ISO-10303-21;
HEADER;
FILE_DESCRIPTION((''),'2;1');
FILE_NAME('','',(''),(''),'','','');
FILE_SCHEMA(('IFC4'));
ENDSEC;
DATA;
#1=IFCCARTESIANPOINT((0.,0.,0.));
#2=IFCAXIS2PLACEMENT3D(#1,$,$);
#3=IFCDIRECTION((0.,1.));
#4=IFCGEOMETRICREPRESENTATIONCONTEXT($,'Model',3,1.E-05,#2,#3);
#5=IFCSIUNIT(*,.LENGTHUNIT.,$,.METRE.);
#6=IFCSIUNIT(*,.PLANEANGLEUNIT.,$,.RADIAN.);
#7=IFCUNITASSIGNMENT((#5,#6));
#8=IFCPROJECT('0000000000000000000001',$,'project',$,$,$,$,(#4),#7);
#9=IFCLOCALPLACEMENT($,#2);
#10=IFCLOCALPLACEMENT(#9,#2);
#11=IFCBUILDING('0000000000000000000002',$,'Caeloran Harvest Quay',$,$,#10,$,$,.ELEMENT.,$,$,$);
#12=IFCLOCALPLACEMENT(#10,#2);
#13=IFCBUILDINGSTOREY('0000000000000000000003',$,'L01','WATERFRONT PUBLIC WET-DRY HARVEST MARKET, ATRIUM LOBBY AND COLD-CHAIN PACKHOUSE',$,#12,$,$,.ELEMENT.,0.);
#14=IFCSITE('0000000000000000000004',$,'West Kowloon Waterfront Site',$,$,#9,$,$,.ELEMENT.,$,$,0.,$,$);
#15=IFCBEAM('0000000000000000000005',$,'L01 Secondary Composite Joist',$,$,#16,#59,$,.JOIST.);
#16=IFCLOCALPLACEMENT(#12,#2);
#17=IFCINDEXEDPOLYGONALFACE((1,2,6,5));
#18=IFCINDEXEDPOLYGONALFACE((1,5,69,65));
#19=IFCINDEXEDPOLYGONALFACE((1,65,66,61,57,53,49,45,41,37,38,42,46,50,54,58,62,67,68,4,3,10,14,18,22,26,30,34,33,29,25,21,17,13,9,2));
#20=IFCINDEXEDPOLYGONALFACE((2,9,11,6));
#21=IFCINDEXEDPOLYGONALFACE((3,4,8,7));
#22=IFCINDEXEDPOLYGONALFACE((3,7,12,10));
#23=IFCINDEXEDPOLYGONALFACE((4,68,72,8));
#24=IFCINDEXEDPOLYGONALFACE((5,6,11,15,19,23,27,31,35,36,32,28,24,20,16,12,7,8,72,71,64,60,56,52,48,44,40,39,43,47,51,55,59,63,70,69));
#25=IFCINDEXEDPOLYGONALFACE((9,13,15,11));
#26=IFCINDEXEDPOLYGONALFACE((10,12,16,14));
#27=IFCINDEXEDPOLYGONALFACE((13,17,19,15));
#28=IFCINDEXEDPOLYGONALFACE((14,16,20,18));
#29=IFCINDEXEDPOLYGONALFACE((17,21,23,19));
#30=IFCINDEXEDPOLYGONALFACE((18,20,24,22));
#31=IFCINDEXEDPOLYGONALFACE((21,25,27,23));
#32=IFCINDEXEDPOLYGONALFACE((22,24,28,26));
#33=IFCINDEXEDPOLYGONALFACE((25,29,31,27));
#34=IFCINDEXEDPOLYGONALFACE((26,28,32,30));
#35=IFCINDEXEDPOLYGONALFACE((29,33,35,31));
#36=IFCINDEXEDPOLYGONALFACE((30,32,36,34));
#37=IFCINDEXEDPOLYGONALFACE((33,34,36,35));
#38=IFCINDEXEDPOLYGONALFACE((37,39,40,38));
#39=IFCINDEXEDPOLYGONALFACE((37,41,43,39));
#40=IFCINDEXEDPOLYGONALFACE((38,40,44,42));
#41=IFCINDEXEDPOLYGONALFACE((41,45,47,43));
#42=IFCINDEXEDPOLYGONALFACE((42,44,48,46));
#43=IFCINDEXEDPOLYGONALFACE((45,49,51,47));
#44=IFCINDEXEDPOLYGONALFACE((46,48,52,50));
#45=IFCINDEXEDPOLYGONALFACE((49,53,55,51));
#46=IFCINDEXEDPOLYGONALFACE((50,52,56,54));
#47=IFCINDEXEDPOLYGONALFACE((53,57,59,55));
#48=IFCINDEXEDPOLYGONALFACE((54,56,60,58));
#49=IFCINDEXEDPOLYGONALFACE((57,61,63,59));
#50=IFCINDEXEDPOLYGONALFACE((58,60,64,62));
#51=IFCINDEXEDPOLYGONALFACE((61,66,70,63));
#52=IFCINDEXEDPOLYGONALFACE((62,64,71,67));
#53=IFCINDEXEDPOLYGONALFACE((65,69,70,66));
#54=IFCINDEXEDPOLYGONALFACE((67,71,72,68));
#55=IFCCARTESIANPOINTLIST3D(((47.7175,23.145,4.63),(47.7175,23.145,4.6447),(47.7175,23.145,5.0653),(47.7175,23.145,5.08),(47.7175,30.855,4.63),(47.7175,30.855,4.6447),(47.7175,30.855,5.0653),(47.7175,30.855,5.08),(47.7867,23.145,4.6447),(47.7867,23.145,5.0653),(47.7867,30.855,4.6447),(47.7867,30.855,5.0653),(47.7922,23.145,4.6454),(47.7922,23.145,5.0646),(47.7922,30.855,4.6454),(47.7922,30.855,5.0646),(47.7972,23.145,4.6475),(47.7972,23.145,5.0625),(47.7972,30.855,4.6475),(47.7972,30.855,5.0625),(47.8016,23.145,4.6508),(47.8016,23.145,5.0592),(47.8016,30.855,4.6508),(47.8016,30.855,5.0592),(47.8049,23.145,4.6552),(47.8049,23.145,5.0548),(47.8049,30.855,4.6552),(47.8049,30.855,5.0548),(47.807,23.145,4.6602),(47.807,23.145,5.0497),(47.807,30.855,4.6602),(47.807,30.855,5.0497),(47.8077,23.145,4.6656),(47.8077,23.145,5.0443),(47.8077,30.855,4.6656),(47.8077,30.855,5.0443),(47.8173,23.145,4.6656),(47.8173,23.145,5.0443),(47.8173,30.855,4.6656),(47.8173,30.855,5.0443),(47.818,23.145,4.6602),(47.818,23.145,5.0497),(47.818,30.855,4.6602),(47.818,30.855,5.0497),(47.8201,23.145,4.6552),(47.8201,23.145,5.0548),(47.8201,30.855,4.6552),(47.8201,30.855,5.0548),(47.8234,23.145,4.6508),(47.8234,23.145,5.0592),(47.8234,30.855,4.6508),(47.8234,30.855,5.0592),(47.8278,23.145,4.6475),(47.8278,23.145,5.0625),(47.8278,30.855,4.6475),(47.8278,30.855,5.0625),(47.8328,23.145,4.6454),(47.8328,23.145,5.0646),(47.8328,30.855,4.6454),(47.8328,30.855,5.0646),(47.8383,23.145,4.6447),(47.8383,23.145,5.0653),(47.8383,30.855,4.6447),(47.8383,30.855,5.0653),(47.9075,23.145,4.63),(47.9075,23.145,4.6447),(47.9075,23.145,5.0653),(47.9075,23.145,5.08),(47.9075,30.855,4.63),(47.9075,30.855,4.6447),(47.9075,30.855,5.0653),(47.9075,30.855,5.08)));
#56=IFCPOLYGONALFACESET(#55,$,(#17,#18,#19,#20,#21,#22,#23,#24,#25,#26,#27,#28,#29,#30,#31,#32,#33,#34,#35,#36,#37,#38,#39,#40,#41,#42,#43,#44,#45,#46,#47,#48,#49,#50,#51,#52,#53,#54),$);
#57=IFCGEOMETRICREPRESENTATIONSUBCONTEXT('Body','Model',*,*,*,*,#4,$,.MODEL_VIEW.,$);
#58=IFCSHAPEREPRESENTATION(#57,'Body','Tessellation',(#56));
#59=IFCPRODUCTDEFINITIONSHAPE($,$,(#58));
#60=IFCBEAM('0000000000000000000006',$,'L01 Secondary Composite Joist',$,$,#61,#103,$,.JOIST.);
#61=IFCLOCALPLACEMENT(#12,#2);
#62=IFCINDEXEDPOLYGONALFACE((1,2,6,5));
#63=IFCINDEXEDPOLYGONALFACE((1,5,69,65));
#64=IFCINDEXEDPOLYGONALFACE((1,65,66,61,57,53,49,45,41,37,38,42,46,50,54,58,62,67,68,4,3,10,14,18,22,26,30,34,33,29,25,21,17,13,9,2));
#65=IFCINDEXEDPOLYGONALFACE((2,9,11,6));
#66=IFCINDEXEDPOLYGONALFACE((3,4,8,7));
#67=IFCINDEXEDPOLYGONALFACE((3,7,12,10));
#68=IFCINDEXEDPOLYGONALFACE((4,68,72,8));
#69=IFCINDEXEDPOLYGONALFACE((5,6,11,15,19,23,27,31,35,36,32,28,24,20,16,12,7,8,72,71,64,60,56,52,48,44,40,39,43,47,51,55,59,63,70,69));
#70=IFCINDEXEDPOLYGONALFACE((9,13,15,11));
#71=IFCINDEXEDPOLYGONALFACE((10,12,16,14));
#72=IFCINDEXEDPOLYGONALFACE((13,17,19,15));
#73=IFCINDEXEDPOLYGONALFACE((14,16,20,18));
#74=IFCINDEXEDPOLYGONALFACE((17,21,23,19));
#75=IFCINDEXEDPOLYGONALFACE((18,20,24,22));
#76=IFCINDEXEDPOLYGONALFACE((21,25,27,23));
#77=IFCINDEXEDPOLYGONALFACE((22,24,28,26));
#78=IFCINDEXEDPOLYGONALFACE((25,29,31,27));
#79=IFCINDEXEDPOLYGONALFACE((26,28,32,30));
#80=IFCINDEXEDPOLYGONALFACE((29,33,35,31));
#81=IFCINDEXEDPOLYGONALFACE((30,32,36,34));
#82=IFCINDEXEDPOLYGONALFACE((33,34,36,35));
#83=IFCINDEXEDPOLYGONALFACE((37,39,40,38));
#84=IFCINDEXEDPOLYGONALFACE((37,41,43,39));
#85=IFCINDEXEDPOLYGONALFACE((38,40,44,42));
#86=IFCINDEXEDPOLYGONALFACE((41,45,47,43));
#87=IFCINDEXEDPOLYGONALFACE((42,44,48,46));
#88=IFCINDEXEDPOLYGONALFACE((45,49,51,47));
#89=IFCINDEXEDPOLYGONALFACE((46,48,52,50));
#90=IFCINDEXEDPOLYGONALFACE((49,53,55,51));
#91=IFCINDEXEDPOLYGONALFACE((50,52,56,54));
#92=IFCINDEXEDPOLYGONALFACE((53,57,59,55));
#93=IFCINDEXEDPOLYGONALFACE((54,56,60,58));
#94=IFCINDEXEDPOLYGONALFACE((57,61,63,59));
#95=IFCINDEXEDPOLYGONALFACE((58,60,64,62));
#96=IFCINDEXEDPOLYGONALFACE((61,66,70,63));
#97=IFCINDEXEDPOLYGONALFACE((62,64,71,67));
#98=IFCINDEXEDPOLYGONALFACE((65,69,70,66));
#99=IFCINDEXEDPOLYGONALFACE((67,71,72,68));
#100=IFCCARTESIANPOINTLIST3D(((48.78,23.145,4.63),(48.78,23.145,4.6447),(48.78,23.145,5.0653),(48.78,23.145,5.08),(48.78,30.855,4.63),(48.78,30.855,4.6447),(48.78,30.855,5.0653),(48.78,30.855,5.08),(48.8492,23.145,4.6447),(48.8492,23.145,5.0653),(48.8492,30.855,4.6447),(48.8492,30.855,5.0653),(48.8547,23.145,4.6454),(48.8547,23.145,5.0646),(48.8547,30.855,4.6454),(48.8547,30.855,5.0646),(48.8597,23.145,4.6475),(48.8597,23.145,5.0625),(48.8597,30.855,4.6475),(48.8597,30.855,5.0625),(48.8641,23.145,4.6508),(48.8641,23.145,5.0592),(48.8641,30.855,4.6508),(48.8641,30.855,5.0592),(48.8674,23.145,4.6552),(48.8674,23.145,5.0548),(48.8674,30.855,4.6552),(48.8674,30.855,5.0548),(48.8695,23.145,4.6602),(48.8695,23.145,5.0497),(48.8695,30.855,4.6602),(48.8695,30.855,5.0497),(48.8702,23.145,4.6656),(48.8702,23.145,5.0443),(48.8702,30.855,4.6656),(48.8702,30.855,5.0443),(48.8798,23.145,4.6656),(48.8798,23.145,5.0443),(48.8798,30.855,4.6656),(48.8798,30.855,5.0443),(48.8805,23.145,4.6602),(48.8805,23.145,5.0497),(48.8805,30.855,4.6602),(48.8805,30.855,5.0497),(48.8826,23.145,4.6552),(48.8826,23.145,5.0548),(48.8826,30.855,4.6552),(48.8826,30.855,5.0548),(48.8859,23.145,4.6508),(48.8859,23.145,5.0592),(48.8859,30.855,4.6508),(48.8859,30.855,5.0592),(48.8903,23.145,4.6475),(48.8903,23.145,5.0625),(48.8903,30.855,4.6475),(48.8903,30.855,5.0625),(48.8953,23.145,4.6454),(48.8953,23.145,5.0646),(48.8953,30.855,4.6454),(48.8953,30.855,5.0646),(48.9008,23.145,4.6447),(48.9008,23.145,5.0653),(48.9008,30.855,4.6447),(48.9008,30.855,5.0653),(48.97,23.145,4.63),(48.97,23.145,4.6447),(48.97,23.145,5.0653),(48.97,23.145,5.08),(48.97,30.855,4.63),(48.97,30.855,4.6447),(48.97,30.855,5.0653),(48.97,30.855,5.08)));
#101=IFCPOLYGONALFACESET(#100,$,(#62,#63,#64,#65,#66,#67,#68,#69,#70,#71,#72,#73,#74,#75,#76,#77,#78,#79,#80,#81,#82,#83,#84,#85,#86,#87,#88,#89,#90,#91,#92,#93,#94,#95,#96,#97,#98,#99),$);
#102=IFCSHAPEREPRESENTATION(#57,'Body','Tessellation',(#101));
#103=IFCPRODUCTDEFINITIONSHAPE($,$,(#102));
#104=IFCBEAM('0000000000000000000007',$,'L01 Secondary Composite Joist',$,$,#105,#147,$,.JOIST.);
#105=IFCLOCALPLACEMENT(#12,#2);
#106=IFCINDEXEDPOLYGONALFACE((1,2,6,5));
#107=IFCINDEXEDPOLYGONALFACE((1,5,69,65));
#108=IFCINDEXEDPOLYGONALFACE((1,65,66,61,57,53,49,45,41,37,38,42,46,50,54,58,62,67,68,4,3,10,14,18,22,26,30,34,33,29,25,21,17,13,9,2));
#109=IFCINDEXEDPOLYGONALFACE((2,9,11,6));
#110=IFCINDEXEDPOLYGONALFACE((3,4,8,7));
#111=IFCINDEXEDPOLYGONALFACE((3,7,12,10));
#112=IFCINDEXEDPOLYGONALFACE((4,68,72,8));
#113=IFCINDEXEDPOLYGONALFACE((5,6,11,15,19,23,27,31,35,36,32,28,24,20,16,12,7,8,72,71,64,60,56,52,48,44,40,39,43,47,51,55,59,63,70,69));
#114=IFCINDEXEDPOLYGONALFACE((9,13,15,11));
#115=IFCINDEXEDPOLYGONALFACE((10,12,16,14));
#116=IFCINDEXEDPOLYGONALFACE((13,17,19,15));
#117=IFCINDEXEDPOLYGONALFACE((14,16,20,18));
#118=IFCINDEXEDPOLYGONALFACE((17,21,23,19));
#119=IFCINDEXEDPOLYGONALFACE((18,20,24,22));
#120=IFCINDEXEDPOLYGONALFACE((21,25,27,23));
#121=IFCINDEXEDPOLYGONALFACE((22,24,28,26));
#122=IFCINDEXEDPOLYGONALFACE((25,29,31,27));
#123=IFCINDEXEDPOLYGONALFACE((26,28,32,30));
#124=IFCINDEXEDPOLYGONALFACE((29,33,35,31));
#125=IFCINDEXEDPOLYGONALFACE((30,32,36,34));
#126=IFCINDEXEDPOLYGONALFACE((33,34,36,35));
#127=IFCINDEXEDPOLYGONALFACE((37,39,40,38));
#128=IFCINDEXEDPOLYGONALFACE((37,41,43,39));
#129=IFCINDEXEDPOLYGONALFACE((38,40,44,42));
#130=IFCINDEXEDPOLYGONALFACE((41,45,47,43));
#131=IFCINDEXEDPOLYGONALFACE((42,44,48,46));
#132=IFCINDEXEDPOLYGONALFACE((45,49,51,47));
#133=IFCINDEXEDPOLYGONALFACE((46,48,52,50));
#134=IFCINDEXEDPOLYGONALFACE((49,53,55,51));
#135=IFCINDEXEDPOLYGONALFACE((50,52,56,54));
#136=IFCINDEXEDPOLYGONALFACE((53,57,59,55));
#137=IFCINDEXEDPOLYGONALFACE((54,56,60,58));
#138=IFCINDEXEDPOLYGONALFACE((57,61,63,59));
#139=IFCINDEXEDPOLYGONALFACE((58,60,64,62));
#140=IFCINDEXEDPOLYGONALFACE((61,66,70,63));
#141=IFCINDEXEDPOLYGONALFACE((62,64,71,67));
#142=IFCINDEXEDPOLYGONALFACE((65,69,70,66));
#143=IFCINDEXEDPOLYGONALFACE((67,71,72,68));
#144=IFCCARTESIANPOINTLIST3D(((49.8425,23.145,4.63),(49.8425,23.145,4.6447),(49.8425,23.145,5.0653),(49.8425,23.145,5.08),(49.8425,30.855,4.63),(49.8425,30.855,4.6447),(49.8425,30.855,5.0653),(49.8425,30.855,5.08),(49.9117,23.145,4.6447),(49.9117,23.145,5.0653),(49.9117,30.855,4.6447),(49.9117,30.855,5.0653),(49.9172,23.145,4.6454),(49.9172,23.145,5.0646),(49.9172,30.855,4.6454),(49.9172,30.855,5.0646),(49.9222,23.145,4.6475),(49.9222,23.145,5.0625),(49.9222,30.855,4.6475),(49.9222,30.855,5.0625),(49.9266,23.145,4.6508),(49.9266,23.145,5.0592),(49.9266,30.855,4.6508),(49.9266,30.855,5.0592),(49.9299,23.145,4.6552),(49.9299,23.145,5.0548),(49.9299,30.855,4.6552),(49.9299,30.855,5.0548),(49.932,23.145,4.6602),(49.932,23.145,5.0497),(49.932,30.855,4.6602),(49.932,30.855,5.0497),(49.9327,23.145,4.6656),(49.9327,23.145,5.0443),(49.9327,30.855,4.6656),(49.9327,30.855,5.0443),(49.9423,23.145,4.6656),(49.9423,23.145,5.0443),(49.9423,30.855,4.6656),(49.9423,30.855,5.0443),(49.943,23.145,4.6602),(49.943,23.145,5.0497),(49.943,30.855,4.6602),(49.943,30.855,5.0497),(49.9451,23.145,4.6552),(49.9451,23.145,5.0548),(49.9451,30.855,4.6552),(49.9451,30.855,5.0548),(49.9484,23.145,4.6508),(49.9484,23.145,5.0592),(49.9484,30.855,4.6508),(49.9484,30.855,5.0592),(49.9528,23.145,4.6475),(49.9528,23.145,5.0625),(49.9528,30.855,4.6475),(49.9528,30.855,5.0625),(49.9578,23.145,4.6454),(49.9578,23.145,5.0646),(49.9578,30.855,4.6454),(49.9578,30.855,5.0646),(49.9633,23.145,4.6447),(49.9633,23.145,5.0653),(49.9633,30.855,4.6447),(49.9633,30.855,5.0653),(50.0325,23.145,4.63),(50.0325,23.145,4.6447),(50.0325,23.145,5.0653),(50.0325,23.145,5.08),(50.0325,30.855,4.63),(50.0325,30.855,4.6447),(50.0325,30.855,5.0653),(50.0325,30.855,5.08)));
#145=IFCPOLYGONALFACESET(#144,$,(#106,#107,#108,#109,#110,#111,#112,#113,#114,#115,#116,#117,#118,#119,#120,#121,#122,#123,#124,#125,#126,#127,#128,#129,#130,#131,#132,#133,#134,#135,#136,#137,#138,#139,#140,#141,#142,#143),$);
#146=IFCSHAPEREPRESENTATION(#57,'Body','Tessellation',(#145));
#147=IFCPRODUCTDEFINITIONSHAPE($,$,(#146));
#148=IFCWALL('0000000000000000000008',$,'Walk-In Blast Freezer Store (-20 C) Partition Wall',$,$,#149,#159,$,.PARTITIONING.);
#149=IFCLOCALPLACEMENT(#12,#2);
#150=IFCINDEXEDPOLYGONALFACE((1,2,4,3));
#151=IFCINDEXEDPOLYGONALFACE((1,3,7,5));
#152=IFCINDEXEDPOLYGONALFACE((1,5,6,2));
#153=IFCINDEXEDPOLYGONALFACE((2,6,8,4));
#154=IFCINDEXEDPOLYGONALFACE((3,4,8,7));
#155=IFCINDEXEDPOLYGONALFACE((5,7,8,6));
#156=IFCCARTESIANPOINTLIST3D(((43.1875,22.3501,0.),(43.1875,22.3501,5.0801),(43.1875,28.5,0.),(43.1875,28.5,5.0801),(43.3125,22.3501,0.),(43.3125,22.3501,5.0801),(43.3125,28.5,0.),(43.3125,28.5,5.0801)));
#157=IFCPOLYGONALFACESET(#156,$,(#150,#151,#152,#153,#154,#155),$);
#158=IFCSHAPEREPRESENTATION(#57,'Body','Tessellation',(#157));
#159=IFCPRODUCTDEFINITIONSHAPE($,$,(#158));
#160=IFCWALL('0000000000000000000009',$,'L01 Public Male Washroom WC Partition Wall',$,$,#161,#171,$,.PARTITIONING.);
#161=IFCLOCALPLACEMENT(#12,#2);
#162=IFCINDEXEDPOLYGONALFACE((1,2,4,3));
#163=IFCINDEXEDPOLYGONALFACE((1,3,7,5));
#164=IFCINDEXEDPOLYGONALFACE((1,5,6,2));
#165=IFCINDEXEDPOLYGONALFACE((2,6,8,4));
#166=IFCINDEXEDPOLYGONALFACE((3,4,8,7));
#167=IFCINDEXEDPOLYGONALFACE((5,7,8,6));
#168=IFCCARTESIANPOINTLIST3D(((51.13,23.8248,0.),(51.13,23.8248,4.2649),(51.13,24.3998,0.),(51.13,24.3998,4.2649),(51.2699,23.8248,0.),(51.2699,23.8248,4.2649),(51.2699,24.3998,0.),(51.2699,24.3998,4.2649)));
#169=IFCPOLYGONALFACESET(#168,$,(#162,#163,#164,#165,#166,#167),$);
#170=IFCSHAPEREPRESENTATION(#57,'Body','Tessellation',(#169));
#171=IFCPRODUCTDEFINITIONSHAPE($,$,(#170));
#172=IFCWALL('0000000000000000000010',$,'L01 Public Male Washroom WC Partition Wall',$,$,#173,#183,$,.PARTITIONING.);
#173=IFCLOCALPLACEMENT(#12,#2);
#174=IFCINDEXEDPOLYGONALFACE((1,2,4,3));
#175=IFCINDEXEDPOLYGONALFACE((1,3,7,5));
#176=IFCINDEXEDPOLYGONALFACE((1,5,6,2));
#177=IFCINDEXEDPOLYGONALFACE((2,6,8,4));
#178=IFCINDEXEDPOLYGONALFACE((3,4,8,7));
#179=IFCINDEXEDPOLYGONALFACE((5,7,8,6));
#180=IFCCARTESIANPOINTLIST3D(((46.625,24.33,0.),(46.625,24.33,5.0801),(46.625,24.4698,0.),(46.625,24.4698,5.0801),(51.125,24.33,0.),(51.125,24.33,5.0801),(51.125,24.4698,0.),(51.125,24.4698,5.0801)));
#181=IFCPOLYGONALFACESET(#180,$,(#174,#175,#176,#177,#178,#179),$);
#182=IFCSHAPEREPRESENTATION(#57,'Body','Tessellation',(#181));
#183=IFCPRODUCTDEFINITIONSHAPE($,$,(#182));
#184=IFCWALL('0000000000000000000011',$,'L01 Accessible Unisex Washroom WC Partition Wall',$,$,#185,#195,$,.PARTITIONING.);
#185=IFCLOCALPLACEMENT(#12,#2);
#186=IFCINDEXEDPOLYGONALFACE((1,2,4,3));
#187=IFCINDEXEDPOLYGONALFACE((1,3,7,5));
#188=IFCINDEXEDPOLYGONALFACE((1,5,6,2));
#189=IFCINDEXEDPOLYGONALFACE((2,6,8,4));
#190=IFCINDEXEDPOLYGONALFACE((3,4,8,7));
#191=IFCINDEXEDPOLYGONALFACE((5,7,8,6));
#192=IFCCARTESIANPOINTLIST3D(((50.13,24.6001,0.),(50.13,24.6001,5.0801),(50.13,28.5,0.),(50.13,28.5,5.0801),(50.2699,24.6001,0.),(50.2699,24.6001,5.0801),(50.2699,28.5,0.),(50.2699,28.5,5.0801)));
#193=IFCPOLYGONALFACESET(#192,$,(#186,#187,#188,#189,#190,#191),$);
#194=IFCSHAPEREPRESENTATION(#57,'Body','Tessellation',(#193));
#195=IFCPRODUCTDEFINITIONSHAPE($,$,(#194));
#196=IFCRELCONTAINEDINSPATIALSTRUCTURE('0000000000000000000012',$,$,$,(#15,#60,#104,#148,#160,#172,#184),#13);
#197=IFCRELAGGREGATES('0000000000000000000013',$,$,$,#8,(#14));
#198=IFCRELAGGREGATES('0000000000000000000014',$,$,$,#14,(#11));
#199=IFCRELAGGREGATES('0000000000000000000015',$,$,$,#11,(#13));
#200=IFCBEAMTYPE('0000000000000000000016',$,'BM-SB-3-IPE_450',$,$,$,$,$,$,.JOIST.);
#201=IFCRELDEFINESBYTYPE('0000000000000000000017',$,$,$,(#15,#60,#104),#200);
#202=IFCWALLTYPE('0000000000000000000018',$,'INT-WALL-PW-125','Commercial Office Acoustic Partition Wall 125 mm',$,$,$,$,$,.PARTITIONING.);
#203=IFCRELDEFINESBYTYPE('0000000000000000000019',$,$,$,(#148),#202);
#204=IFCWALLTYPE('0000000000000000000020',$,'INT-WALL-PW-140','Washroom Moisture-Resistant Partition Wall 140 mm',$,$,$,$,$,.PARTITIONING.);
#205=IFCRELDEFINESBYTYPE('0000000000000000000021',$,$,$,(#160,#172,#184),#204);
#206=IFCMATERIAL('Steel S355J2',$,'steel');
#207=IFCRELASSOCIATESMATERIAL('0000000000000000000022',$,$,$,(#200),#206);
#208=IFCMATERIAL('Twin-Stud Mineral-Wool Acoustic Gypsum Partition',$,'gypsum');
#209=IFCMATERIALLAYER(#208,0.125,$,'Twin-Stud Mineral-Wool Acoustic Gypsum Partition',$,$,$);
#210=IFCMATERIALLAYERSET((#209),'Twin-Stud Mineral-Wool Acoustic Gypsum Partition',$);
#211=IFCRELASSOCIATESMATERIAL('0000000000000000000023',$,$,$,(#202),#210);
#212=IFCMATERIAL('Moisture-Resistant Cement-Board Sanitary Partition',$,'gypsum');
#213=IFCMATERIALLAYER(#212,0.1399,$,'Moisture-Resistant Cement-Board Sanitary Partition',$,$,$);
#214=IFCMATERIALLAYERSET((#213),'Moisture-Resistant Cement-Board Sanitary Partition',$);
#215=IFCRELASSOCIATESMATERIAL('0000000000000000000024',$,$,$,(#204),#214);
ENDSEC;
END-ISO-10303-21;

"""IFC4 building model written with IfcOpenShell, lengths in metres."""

from ifc_helpers import new_model, si_unit, direction, frame, frame_2d, origin, origin_2d, place, context, subcontext, project, spatial, rectangle, i_section, extrude, material, layer, layer_set, material_profile, profile_set, type_object, element, save


model = new_model("IFC4")

# Units and contexts
model_context = context("Model", 3, precision=1e-05, world=origin(), true_north=direction((0.0, 1.0)))
body_context = subcontext(model_context, "Body", "Model", "MODEL_VIEW")
ifc_project = project(units=[si_unit("LENGTHUNIT", "METRE"), si_unit("PLANEANGLEUNIT", "RADIAN")], contexts=[model_context])

# Site, building, storey
site_placement = place(None, origin())
site = spatial("IfcSite", under=ifc_project, at=site_placement, Name="West Kowloon Waterfront Site", CompositionType="ELEMENT", RefElevation=0.0)
building_placement = place(site_placement, origin())
building = spatial("IfcBuilding", under=site, at=building_placement, Name="Caeloran Harvest Quay", CompositionType="ELEMENT")
storey_placement = place(building_placement, origin())
storey = spatial("IfcBuildingStorey", under=building, at=storey_placement, Name="L01", Description="WATERFRONT PUBLIC WET-DRY HARVEST MARKET, ATRIUM LOBBY AND COLD-CHAIN PACKHOUSE", CompositionType="ELEMENT", Elevation=0.0)

# Beams
ifc_material_1 = material(Name="Steel S355J2", Category="steel")
ifc_material_profile_1 = material_profile(ifc_material_1, i_section(OverallWidth=0.1899, OverallDepth=0.45, WebThickness=0.0095, FlangeThickness=0.0146, FilletRadius=0.021, at=origin_2d()), Name="IPE 450")
ifc_profile_set_1 = profile_set([ifc_material_profile_1], Name="Steel S355J2")
beam_type_1 = type_object("IfcBeamType", Name="BM-SB-3-IPE_450", PredefinedType="JOIST", material=ifc_profile_set_1)
for number, where, z_axis, x_axis, name in (
    (1, (47.8125, 23.145, 4.855), (0.0, 1.0, 0.0), (-1.0, 0.0, 0.0), "L01 Secondary Composite Joist"),
    (2, (48.875, 23.145, 4.855), (0.0, 1.0, 0.0), (-1.0, 0.0, 0.0), "L01 Secondary Composite Joist"),
    (3, (49.9375, 23.145, 4.855), (0.0, 1.0, 0.0), (-1.0, 0.0, 0.0), "L01 Secondary Composite Joist"),
):
    element("IfcBeam", number, at=place(storey_placement, frame(where, z_axis=z_axis, x_axis=x_axis)), inside=storey, type_object=beam_type_1, Name=name, PredefinedType="JOIST", context=body_context, shape_type="SweptSolid", body=[
        extrude(i_section(OverallWidth=0.1899, OverallDepth=0.45, WebThickness=0.0095, FlangeThickness=0.0146, FilletRadius=0.021, at=origin_2d()), origin(), (0.0, 0.0, 1.0), 7.71),
    ])

# Walls
ifc_material_2 = material(Name="Twin-Stud Mineral-Wool Acoustic Gypsum Partition", Category="gypsum")
ifc_layer_1 = layer(ifc_material_2, 0.125, Name="Twin-Stud Mineral-Wool Acoustic Gypsum Partition")
ifc_layer_set_1 = layer_set([ifc_layer_1], Name="Twin-Stud Mineral-Wool Acoustic Gypsum Partition")
wall_type_1 = type_object("IfcWallType", Name="INT-WALL-PW-125", Description="Commercial Office Acoustic Partition Wall 125 mm", PredefinedType="PARTITIONING", material=ifc_layer_set_1)
wall_1_placement = place(storey_placement, frame((43.25, 28.5, 0.0), z_axis=(0.0, 0.0, 1.0), x_axis=(0.0, -1.0, 0.0)))
element("IfcWall", 4, at=wall_1_placement, inside=storey, type_object=wall_type_1, Name="Walk-In Blast Freezer Store (-20 C) Partition Wall", PredefinedType="PARTITIONING", context=body_context, shape_type="SweptSolid", body=[
    extrude(rectangle(XDim=6.1499, YDim=0.125, at=frame_2d((3.075, 0.0))), origin(), (0.0, 0.0, 1.0), 5.0801),
])
ifc_material_3 = material(Name="Moisture-Resistant Cement-Board Sanitary Partition", Category="gypsum")
ifc_layer_2 = layer(ifc_material_3, 0.1399, Name="Moisture-Resistant Cement-Board Sanitary Partition")
ifc_layer_set_2 = layer_set([ifc_layer_2], Name="Moisture-Resistant Cement-Board Sanitary Partition")
wall_type_2 = type_object("IfcWallType", Name="INT-WALL-PW-140", Description="Washroom Moisture-Resistant Partition Wall 140 mm", PredefinedType="PARTITIONING", material=ifc_layer_set_2)
wall_2_placement = place(storey_placement, frame((51.2, 24.3999, 0.0), z_axis=(0.0, 0.0, 1.0), x_axis=(0.0, -1.0, 0.0)))
element("IfcWall", 5, at=wall_2_placement, inside=storey, type_object=wall_type_2, Name="L01 Public Male Washroom WC Partition Wall", PredefinedType="PARTITIONING", context=body_context, shape_type="SweptSolid", body=[
    extrude(rectangle(XDim=0.575, YDim=0.1399, at=frame_2d((0.2876, 0.0))), origin(), (0.0, 0.0, 1.0), 4.2649),
])
wall_3_placement = place(storey_placement, frame((46.625, 24.3999, 0.0), z_axis=(0.0, 0.0, 1.0), x_axis=(1.0, 0.0, 0.0)))
element("IfcWall", 6, at=wall_3_placement, inside=storey, type_object=wall_type_2, Name="L01 Public Male Washroom WC Partition Wall", PredefinedType="PARTITIONING", context=body_context, shape_type="SweptSolid", body=[
    extrude(rectangle(XDim=4.5, YDim=0.1399, at=frame_2d((2.25, 0.0))), origin(), (0.0, 0.0, 1.0), 5.0801),
])
wall_4_placement = place(storey_placement, frame((50.2, 28.5, 0.0), z_axis=(0.0, 0.0, 1.0), x_axis=(0.0, -1.0, 0.0)))
element("IfcWall", 7, at=wall_4_placement, inside=storey, type_object=wall_type_2, Name="L01 Accessible Unisex Washroom WC Partition Wall", PredefinedType="PARTITIONING", context=body_context, shape_type="SweptSolid", body=[
    extrude(rectangle(XDim=3.8999, YDim=0.1399, at=frame_2d((1.95, 0.0))), origin(), (0.0, 0.0, 1.0), 5.0801),
])

save(model, "model.ifc")
